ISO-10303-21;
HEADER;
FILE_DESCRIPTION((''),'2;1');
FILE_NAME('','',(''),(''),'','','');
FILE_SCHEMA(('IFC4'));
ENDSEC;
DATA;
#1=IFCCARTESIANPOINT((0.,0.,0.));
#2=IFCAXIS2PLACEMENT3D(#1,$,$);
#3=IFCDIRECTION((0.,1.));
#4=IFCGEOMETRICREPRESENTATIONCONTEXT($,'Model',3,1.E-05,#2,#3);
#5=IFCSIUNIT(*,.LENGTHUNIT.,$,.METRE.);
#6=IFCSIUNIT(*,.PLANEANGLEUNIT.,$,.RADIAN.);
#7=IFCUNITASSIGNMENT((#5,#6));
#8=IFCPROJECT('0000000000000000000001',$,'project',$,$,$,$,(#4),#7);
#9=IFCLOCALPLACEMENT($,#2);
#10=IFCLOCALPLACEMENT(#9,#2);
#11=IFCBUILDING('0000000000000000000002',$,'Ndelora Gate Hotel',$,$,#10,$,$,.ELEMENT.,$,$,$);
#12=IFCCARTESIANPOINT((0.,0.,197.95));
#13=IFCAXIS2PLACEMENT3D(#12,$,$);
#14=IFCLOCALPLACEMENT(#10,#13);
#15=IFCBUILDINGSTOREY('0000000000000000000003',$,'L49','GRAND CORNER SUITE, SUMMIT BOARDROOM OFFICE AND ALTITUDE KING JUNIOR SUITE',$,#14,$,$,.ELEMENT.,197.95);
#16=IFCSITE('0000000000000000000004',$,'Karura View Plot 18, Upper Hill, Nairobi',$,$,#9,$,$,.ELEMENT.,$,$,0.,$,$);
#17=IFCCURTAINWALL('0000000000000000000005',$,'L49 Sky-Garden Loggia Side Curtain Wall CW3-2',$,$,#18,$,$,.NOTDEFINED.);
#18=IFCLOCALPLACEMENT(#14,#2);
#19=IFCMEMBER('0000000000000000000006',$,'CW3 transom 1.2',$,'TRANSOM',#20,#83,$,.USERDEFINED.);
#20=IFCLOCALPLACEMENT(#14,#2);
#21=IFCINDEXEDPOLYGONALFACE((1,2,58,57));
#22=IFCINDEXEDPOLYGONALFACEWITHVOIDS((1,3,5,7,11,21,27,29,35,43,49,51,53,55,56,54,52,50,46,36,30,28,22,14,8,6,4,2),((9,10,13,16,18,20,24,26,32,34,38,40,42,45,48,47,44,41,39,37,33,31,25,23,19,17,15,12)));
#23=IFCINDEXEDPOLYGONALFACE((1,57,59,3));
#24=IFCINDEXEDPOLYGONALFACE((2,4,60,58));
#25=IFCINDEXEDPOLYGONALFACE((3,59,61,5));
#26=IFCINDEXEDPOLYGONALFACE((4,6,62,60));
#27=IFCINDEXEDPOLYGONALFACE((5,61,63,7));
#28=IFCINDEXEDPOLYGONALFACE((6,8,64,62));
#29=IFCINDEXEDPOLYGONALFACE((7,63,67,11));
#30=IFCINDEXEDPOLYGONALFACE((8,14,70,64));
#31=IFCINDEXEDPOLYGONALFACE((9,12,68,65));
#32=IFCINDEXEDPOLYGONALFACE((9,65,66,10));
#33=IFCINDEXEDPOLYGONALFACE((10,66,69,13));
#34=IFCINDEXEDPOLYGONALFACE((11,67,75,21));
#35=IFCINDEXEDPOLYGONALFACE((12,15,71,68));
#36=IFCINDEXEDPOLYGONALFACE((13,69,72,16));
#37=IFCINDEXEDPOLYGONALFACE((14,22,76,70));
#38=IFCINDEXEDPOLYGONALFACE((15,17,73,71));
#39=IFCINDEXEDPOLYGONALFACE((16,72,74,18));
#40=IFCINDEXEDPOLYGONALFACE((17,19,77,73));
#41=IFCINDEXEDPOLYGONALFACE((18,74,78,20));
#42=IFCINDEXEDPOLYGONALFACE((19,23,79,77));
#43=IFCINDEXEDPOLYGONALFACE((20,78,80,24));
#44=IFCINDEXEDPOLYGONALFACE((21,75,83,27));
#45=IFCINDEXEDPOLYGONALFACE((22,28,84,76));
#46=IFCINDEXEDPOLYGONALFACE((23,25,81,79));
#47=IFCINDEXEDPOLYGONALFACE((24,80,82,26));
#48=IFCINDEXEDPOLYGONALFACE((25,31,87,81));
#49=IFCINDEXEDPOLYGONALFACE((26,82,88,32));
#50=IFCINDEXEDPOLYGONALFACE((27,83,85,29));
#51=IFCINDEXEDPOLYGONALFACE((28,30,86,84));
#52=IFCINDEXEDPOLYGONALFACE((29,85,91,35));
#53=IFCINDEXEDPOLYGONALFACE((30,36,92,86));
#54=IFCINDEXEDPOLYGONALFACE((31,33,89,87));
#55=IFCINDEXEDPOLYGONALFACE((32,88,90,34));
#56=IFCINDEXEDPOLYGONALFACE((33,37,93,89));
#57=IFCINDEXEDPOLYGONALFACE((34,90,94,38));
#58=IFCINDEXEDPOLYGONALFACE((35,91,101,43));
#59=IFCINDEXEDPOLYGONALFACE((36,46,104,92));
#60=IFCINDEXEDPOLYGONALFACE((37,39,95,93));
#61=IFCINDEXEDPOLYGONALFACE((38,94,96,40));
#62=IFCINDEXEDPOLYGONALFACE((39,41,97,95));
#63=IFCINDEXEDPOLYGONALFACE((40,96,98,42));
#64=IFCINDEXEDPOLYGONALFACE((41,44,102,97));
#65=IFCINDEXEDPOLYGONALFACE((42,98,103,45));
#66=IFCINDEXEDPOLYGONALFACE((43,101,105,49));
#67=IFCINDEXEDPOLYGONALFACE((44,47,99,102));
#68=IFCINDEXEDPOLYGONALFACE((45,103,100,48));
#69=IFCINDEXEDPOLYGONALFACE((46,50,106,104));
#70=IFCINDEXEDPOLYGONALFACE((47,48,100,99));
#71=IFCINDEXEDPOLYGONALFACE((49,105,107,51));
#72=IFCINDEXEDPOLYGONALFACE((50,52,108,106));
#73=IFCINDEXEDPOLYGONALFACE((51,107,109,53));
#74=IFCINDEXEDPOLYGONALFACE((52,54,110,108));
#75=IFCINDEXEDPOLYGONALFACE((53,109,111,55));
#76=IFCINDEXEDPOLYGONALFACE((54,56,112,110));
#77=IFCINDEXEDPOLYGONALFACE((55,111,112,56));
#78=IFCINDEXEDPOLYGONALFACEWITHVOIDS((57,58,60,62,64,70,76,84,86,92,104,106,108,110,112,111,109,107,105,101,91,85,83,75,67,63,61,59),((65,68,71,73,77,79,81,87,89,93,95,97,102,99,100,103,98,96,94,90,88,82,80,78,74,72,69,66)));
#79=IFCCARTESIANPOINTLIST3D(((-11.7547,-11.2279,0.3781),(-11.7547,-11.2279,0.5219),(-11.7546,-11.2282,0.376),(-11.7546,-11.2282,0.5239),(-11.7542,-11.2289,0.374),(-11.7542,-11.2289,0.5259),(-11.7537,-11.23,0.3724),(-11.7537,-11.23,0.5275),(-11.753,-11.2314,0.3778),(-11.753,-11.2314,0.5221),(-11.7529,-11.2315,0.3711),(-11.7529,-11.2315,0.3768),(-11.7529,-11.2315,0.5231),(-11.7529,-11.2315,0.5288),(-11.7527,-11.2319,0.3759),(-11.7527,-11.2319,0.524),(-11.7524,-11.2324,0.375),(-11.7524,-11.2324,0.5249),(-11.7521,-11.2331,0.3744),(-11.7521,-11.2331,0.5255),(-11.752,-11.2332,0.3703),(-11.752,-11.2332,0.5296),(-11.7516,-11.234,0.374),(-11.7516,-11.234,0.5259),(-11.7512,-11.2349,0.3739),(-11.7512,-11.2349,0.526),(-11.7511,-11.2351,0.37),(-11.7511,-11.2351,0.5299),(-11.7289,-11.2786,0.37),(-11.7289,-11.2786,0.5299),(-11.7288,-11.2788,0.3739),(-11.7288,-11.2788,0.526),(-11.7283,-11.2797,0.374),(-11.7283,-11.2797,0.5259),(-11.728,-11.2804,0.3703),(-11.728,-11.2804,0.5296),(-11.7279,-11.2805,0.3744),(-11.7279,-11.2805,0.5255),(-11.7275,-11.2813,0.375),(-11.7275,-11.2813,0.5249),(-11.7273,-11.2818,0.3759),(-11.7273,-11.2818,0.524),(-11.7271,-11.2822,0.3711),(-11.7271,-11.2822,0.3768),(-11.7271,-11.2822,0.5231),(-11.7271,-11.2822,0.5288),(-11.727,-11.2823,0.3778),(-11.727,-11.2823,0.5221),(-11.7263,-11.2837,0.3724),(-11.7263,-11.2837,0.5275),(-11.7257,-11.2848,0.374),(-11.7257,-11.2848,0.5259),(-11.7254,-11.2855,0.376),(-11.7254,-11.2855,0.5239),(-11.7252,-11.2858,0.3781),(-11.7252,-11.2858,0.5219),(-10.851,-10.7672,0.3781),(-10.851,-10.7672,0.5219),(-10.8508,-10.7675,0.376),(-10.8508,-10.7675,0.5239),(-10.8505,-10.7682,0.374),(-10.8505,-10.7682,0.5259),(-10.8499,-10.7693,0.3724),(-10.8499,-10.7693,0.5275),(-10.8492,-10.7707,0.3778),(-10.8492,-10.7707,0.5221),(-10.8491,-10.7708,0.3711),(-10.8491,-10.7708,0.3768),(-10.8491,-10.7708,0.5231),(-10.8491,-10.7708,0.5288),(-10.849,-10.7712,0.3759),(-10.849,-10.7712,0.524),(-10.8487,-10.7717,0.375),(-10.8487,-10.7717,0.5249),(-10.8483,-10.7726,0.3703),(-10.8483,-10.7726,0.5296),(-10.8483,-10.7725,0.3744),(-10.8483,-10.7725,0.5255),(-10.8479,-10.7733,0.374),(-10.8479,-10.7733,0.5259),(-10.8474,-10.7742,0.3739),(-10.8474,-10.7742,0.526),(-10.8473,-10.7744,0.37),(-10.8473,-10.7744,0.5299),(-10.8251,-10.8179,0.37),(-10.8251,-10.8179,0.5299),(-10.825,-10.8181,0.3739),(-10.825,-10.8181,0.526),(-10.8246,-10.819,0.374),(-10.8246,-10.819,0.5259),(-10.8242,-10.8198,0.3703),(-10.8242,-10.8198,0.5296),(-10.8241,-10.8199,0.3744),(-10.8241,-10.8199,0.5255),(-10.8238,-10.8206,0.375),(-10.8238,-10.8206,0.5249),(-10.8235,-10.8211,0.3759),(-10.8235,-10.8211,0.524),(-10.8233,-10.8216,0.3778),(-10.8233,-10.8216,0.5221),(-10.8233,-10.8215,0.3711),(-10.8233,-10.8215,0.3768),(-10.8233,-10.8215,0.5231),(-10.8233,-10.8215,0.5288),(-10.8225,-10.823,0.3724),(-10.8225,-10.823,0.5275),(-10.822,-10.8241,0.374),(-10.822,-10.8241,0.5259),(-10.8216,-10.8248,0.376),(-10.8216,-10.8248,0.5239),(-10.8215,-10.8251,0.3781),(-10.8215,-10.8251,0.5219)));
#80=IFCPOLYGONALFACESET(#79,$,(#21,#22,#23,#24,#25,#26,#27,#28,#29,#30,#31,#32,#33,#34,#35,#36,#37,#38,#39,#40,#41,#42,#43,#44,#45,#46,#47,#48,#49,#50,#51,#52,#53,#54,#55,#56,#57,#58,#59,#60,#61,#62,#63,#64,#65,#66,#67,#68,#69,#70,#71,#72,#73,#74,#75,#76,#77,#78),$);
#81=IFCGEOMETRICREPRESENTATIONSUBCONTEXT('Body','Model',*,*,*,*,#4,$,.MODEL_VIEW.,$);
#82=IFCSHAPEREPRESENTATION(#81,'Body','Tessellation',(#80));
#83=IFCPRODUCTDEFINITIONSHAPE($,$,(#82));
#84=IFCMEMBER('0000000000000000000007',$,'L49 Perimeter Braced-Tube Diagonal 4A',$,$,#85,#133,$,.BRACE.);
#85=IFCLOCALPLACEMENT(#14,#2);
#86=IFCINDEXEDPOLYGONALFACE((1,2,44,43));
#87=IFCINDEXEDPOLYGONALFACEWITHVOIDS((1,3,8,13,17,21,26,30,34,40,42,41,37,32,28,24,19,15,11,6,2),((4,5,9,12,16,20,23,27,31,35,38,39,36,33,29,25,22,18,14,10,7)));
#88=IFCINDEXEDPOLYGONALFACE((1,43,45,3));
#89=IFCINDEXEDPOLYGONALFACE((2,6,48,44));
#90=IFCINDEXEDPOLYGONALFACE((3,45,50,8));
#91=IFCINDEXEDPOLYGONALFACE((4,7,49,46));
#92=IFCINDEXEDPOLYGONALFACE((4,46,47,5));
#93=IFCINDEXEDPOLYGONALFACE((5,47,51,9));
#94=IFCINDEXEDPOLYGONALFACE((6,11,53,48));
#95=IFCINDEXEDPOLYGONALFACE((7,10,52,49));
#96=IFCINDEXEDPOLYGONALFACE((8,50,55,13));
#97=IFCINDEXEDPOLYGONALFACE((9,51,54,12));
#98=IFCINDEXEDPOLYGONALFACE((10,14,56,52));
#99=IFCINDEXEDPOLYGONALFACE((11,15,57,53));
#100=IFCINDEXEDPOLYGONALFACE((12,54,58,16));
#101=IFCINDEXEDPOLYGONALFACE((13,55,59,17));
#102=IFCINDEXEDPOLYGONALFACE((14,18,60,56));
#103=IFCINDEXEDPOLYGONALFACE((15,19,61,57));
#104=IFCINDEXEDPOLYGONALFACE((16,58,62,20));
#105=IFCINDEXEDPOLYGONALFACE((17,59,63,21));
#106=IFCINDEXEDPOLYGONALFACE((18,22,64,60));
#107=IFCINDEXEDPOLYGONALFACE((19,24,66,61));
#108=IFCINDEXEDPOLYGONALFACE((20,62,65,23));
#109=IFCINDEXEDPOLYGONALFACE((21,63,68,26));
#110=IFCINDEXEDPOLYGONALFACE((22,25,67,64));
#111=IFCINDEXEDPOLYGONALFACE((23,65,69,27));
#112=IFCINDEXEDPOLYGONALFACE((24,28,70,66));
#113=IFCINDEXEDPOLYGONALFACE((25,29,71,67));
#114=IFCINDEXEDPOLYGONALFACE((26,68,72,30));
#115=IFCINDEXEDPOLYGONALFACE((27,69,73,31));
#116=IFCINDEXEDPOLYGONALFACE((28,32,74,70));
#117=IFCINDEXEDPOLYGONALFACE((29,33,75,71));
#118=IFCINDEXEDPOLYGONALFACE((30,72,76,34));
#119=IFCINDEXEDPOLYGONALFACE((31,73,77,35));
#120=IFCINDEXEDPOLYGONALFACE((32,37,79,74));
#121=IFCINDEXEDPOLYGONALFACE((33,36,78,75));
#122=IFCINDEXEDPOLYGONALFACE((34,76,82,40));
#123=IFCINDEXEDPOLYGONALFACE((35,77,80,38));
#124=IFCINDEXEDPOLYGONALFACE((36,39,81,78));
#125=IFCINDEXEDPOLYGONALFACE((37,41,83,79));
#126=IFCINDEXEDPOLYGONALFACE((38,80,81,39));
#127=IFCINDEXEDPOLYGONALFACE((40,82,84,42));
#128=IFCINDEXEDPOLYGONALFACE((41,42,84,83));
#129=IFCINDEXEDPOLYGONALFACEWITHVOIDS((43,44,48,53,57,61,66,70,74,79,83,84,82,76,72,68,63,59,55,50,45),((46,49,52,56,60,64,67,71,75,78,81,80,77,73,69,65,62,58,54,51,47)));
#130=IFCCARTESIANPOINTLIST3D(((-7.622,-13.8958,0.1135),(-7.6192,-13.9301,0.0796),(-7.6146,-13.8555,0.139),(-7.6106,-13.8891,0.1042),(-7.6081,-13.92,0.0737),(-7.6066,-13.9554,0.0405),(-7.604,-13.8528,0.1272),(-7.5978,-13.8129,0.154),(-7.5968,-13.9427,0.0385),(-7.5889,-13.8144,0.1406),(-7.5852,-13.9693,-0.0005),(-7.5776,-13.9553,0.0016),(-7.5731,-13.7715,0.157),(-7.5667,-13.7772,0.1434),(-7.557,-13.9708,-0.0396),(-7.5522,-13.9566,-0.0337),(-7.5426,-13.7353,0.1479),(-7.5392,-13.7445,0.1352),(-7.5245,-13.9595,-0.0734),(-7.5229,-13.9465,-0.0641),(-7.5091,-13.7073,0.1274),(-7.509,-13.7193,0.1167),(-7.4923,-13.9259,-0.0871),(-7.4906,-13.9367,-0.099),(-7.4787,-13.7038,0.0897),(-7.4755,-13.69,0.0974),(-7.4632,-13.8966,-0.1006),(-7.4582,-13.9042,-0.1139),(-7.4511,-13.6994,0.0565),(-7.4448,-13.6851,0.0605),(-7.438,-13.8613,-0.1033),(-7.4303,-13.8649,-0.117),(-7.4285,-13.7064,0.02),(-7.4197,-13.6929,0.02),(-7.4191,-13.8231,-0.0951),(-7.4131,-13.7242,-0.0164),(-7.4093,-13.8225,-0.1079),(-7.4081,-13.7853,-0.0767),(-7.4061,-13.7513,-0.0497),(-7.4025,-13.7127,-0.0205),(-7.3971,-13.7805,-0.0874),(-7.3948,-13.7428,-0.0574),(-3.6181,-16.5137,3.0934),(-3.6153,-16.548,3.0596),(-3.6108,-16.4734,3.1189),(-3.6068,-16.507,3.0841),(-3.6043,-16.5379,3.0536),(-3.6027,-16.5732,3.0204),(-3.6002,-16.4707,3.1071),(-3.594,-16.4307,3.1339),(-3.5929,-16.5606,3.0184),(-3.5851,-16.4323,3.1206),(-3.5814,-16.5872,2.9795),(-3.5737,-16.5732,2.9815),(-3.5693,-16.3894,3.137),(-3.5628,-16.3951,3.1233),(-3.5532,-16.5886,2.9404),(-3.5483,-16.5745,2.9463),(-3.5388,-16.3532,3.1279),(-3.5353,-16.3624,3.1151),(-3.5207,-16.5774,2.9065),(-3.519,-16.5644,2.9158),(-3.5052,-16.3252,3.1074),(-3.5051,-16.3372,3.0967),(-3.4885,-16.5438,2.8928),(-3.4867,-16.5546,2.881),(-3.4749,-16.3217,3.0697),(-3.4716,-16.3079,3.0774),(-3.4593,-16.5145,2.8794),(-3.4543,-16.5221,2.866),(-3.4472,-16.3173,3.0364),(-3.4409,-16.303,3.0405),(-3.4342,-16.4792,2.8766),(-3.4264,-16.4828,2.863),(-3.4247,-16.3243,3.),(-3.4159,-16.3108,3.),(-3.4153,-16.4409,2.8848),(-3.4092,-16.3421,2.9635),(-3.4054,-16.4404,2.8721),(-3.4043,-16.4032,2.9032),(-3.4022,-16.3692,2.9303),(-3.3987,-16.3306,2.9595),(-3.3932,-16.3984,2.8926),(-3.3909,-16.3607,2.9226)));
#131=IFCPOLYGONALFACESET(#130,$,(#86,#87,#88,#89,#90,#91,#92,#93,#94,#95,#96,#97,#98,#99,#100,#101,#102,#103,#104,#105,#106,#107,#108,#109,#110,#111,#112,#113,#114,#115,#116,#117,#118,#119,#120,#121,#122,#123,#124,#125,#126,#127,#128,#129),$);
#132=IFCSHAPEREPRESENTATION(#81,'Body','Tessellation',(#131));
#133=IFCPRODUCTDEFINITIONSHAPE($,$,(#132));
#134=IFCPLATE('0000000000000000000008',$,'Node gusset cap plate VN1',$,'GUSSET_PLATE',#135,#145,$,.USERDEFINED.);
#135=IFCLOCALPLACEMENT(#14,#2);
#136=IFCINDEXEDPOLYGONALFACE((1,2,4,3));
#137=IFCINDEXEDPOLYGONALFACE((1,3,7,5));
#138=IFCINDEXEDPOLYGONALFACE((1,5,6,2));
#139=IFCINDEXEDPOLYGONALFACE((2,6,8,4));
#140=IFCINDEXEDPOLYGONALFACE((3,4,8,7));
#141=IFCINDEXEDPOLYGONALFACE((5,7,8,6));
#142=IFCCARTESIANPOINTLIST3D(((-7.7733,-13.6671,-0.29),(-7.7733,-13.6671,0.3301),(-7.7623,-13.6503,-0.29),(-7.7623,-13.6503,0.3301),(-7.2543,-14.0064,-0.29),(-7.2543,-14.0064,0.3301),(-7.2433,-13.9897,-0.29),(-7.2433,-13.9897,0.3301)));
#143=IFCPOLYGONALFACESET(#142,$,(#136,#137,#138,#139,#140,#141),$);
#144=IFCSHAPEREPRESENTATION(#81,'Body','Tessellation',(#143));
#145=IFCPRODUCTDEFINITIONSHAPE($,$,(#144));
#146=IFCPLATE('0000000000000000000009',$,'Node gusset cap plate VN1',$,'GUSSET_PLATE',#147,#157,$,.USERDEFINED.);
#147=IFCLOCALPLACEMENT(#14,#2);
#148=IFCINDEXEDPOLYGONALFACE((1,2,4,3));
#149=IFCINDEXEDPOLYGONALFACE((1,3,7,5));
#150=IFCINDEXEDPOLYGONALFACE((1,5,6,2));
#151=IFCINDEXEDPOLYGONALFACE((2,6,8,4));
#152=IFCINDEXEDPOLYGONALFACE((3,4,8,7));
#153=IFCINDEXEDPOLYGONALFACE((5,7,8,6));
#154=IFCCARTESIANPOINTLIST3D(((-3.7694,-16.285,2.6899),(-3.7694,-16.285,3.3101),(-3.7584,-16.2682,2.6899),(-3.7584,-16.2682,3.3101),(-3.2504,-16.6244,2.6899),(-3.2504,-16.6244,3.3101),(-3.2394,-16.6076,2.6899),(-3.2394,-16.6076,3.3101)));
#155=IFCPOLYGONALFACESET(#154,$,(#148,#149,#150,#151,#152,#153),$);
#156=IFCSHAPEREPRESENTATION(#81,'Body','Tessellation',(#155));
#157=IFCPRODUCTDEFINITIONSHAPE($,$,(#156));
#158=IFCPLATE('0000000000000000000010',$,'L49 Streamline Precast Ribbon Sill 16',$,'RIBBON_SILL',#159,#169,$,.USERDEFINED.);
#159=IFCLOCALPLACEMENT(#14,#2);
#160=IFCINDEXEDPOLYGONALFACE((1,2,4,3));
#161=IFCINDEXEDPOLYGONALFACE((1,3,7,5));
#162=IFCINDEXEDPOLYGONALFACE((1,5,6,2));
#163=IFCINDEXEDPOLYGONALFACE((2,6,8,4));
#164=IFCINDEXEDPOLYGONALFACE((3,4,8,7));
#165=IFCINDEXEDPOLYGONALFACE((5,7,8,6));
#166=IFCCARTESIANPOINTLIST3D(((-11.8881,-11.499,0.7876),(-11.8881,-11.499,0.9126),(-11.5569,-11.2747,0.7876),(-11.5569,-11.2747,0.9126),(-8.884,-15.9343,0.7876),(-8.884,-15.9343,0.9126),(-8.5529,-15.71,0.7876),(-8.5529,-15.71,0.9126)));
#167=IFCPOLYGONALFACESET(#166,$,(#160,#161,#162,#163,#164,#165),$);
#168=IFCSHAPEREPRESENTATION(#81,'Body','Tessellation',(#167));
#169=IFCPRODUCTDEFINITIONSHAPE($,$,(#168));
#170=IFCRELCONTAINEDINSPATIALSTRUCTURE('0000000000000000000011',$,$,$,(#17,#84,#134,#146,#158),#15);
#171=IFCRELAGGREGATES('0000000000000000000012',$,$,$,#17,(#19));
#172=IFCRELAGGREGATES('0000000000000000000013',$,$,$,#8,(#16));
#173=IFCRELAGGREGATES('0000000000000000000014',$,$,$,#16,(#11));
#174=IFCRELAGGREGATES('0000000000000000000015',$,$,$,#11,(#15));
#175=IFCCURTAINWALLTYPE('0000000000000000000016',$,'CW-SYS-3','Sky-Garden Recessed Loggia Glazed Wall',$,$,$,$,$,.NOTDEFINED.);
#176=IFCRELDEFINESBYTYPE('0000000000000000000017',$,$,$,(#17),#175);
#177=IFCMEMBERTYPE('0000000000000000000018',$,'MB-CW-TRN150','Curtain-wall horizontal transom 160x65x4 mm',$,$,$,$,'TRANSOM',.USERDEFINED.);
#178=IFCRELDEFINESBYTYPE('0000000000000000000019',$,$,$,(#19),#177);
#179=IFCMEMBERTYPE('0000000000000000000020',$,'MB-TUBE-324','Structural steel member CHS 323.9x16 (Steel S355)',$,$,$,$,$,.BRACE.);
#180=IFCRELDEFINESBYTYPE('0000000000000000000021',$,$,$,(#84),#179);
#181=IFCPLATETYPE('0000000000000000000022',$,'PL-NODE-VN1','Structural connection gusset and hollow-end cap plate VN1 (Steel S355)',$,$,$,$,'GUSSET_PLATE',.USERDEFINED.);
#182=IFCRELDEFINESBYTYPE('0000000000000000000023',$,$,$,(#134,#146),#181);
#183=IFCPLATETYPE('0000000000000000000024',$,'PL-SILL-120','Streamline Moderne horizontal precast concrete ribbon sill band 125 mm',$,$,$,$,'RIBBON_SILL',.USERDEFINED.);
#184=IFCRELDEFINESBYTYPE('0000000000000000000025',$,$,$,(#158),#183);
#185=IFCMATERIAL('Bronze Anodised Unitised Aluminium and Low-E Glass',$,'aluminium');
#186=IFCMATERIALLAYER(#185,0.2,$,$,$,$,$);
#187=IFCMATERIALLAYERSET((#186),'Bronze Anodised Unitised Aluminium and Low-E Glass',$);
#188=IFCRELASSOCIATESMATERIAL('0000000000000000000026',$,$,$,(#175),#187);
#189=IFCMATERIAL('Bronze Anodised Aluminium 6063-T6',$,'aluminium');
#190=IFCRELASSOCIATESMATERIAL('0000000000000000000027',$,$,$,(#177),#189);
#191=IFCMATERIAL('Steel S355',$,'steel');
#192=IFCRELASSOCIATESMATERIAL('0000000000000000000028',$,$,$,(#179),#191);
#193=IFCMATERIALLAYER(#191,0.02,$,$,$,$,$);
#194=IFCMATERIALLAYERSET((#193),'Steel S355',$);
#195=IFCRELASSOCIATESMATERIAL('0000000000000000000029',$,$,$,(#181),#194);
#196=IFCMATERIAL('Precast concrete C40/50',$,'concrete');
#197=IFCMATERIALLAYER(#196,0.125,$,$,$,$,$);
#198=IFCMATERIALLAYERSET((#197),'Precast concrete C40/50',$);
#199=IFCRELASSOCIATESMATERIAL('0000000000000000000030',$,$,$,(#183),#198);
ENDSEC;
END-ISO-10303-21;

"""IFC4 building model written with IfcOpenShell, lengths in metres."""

from ifc_helpers import new_model, si_unit, direction, frame, origin, origin_2d, place, context, subcontext, project, spatial, rectangle, hollow_rectangle, hollow_circle, extrude, material, layer, layer_set, material_profile, profile_set, type_object, element, aggregate, save


model = new_model("IFC4")

# Units and contexts
model_context = context("Model", 3, precision=1e-05, world=origin(), true_north=direction((0.0, 1.0)))
body_context = subcontext(model_context, "Body", "Model", "MODEL_VIEW")
ifc_project = project(units=[si_unit("LENGTHUNIT", "METRE"), si_unit("PLANEANGLEUNIT", "RADIAN")], contexts=[model_context])

# Site, building, storey
site_placement = place(None, origin())
site = spatial("IfcSite", under=ifc_project, at=site_placement, Name="Karura View Plot 18, Upper Hill, Nairobi", CompositionType="ELEMENT", RefElevation=0.0)
building_placement = place(site_placement, origin())
building = spatial("IfcBuilding", under=site, at=building_placement, Name="Ndelora Gate Hotel", CompositionType="ELEMENT")
storey_placement = place(building_placement, frame((0.0, 0.0, 197.95)))
storey = spatial("IfcBuildingStorey", under=building, at=storey_placement, Name="L49", Description="GRAND CORNER SUITE, SUMMIT BOARDROOM OFFICE AND ALTITUDE KING JUNIOR SUITE", CompositionType="ELEMENT", Elevation=197.95)

# Shared definitions
ifc_material_1 = material(Name="Steel S355", Category="steel")

# Curtain wall, member
ifc_material_2 = material(Name="Bronze Anodised Unitised Aluminium and Low-E Glass", Category="aluminium")
ifc_layer_1 = layer(ifc_material_2, 0.2)
ifc_layer_set_1 = layer_set([ifc_layer_1], Name="Bronze Anodised Unitised Aluminium and Low-E Glass")
curtain_wall_type = type_object("IfcCurtainWallType", Name="CW-SYS-3", Description="Sky-Garden Recessed Loggia Glazed Wall", PredefinedType="NOTDEFINED", material=ifc_layer_set_1)
curtain_wall_placement = place(storey_placement, origin())
curtain_wall = element("IfcCurtainWall", 1, at=curtain_wall_placement, inside=storey, type_object=curtain_wall_type, Name="L49 Sky-Garden Loggia Side Curtain Wall CW3-2", PredefinedType="NOTDEFINED")
ifc_material_3 = material(Name="Bronze Anodised Aluminium 6063-T6", Category="aluminium")
ifc_material_profile_1 = material_profile(ifc_material_3, hollow_rectangle(XDim=0.0649, YDim=0.1599, WallThickness=0.0039, InnerFilletRadius=0.0039, OuterFilletRadius=0.0081, at=origin_2d()), Name="ALU 160x65x4")
ifc_profile_set_1 = profile_set([ifc_material_profile_1], Name="Bronze Anodised Aluminium 6063-T6")
member_type_1 = type_object("IfcMemberType", Name="MB-CW-TRN150", Description="Curtain-wall horizontal transom 160x65x4 mm", ElementType="TRANSOM", PredefinedType="USERDEFINED", material=ifc_profile_set_1)
member_1_placement = place(storey_placement, frame((-11.74, -11.2568, 0.45), z_axis=(0.890935, 0.454131, 0.0), x_axis=(-0.454131, 0.890935, 0.0)))
member_1 = element("IfcMember", 2, at=member_1_placement, type_object=member_type_1, Name="CW3 transom 1.2", ObjectType="TRANSOM", PredefinedType="USERDEFINED", context=body_context, shape_type="SweptSolid", body=[
    extrude(hollow_rectangle(XDim=0.0649, YDim=0.1599, WallThickness=0.0039, InnerFilletRadius=0.0039, OuterFilletRadius=0.0081, at=origin_2d()), origin(), (0.0, 0.0, 1.0), 1.0144),
])
aggregate(curtain_wall, [member_1])

# Member
ifc_material_profile_2 = material_profile(ifc_material_1, hollow_circle(Radius=0.1619, WallThickness=0.0161, at=origin_2d()), Name="CHS 323.9x16")
ifc_profile_set_2 = profile_set([ifc_material_profile_2], Name="Steel S355")
member_type_2 = type_object("IfcMemberType", Name="MB-TUBE-324", Description="Structural steel member CHS 323.9x16 (Steel S355)", PredefinedType="BRACE", material=ifc_profile_set_2)
member_2_placement = place(storey_placement, frame((-7.5083, -13.8284, 0.02), z_axis=(0.71041, -0.464496, 0.528736), x_axis=(0.547247, 0.836971, 0.0)))
element("IfcMember", 3, at=member_2_placement, inside=storey, type_object=member_type_2, Name="L49 Perimeter Braced-Tube Diagonal 4A", PredefinedType="BRACE", context=body_context, shape_type="SweptSolid", body=[
    extrude(hollow_circle(Radius=0.1619, WallThickness=0.0161, at=origin_2d()), origin(), (0.0, 0.0, 1.0), 5.636),
])

# Plates
ifc_layer_2 = layer(ifc_material_1, 0.02)
ifc_layer_set_2 = layer_set([ifc_layer_2], Name="Steel S355")
plate_type_1 = type_object("IfcPlateType", Name="PL-NODE-VN1", Description="Structural connection gusset and hollow-end cap plate VN1 (Steel S355)", ElementType="GUSSET_PLATE", PredefinedType="USERDEFINED", material=ifc_layer_set_2)
for number, where, z_axis, x_axis, name in (
    (4, (-7.5083, -13.8284, -0.29), (0.0, 0.0, 1.0), (-0.836955, 0.547271, 0.0), "Node gusset cap plate VN1"),
    (5, (-3.5044, -16.4463, 2.6899), (0.0, 0.0, 1.0), (-0.836955, 0.547271, 0.0), "Node gusset cap plate VN1"),
):
    element("IfcPlate", number, at=place(storey_placement, frame(where, z_axis=z_axis, x_axis=x_axis)), inside=storey, type_object=plate_type_1, Name=name, ObjectType="GUSSET_PLATE", PredefinedType="USERDEFINED", context=body_context, shape_type="SweptSolid", body=[
        extrude(rectangle(XDim=0.6201, YDim=0.02, at=origin_2d()), origin(), (0.0, 0.0, 1.0), 0.6201),
    ])
ifc_material_4 = material(Name="Precast concrete C40/50", Category="concrete")
ifc_layer_3 = layer(ifc_material_4, 0.125)
ifc_layer_set_3 = layer_set([ifc_layer_3], Name="Precast concrete C40/50")
plate_type_2 = type_object("IfcPlateType", Name="PL-SILL-120", Description="Streamline Moderne horizontal precast concrete ribbon sill band 125 mm", ElementType="RIBBON_SILL", PredefinedType="USERDEFINED", material=ifc_layer_set_3)
plate_placement = place(storey_placement, frame((-10.2205, -13.6045, 0.7876), z_axis=(0.0, 0.0, 1.0), x_axis=(-0.560784, 0.827962, 0.0)))
element("IfcPlate", 6, at=plate_placement, inside=storey, type_object=plate_type_2, Name="L49 Streamline Precast Ribbon Sill 16", ObjectType="RIBBON_SILL", PredefinedType="USERDEFINED", context=body_context, shape_type="SweptSolid", body=[
    extrude(rectangle(XDim=5.3569, YDim=0.3999, at=origin_2d()), origin(), (0.0, 0.0, 1.0), 0.125),
])

save(model, "model.ifc")
